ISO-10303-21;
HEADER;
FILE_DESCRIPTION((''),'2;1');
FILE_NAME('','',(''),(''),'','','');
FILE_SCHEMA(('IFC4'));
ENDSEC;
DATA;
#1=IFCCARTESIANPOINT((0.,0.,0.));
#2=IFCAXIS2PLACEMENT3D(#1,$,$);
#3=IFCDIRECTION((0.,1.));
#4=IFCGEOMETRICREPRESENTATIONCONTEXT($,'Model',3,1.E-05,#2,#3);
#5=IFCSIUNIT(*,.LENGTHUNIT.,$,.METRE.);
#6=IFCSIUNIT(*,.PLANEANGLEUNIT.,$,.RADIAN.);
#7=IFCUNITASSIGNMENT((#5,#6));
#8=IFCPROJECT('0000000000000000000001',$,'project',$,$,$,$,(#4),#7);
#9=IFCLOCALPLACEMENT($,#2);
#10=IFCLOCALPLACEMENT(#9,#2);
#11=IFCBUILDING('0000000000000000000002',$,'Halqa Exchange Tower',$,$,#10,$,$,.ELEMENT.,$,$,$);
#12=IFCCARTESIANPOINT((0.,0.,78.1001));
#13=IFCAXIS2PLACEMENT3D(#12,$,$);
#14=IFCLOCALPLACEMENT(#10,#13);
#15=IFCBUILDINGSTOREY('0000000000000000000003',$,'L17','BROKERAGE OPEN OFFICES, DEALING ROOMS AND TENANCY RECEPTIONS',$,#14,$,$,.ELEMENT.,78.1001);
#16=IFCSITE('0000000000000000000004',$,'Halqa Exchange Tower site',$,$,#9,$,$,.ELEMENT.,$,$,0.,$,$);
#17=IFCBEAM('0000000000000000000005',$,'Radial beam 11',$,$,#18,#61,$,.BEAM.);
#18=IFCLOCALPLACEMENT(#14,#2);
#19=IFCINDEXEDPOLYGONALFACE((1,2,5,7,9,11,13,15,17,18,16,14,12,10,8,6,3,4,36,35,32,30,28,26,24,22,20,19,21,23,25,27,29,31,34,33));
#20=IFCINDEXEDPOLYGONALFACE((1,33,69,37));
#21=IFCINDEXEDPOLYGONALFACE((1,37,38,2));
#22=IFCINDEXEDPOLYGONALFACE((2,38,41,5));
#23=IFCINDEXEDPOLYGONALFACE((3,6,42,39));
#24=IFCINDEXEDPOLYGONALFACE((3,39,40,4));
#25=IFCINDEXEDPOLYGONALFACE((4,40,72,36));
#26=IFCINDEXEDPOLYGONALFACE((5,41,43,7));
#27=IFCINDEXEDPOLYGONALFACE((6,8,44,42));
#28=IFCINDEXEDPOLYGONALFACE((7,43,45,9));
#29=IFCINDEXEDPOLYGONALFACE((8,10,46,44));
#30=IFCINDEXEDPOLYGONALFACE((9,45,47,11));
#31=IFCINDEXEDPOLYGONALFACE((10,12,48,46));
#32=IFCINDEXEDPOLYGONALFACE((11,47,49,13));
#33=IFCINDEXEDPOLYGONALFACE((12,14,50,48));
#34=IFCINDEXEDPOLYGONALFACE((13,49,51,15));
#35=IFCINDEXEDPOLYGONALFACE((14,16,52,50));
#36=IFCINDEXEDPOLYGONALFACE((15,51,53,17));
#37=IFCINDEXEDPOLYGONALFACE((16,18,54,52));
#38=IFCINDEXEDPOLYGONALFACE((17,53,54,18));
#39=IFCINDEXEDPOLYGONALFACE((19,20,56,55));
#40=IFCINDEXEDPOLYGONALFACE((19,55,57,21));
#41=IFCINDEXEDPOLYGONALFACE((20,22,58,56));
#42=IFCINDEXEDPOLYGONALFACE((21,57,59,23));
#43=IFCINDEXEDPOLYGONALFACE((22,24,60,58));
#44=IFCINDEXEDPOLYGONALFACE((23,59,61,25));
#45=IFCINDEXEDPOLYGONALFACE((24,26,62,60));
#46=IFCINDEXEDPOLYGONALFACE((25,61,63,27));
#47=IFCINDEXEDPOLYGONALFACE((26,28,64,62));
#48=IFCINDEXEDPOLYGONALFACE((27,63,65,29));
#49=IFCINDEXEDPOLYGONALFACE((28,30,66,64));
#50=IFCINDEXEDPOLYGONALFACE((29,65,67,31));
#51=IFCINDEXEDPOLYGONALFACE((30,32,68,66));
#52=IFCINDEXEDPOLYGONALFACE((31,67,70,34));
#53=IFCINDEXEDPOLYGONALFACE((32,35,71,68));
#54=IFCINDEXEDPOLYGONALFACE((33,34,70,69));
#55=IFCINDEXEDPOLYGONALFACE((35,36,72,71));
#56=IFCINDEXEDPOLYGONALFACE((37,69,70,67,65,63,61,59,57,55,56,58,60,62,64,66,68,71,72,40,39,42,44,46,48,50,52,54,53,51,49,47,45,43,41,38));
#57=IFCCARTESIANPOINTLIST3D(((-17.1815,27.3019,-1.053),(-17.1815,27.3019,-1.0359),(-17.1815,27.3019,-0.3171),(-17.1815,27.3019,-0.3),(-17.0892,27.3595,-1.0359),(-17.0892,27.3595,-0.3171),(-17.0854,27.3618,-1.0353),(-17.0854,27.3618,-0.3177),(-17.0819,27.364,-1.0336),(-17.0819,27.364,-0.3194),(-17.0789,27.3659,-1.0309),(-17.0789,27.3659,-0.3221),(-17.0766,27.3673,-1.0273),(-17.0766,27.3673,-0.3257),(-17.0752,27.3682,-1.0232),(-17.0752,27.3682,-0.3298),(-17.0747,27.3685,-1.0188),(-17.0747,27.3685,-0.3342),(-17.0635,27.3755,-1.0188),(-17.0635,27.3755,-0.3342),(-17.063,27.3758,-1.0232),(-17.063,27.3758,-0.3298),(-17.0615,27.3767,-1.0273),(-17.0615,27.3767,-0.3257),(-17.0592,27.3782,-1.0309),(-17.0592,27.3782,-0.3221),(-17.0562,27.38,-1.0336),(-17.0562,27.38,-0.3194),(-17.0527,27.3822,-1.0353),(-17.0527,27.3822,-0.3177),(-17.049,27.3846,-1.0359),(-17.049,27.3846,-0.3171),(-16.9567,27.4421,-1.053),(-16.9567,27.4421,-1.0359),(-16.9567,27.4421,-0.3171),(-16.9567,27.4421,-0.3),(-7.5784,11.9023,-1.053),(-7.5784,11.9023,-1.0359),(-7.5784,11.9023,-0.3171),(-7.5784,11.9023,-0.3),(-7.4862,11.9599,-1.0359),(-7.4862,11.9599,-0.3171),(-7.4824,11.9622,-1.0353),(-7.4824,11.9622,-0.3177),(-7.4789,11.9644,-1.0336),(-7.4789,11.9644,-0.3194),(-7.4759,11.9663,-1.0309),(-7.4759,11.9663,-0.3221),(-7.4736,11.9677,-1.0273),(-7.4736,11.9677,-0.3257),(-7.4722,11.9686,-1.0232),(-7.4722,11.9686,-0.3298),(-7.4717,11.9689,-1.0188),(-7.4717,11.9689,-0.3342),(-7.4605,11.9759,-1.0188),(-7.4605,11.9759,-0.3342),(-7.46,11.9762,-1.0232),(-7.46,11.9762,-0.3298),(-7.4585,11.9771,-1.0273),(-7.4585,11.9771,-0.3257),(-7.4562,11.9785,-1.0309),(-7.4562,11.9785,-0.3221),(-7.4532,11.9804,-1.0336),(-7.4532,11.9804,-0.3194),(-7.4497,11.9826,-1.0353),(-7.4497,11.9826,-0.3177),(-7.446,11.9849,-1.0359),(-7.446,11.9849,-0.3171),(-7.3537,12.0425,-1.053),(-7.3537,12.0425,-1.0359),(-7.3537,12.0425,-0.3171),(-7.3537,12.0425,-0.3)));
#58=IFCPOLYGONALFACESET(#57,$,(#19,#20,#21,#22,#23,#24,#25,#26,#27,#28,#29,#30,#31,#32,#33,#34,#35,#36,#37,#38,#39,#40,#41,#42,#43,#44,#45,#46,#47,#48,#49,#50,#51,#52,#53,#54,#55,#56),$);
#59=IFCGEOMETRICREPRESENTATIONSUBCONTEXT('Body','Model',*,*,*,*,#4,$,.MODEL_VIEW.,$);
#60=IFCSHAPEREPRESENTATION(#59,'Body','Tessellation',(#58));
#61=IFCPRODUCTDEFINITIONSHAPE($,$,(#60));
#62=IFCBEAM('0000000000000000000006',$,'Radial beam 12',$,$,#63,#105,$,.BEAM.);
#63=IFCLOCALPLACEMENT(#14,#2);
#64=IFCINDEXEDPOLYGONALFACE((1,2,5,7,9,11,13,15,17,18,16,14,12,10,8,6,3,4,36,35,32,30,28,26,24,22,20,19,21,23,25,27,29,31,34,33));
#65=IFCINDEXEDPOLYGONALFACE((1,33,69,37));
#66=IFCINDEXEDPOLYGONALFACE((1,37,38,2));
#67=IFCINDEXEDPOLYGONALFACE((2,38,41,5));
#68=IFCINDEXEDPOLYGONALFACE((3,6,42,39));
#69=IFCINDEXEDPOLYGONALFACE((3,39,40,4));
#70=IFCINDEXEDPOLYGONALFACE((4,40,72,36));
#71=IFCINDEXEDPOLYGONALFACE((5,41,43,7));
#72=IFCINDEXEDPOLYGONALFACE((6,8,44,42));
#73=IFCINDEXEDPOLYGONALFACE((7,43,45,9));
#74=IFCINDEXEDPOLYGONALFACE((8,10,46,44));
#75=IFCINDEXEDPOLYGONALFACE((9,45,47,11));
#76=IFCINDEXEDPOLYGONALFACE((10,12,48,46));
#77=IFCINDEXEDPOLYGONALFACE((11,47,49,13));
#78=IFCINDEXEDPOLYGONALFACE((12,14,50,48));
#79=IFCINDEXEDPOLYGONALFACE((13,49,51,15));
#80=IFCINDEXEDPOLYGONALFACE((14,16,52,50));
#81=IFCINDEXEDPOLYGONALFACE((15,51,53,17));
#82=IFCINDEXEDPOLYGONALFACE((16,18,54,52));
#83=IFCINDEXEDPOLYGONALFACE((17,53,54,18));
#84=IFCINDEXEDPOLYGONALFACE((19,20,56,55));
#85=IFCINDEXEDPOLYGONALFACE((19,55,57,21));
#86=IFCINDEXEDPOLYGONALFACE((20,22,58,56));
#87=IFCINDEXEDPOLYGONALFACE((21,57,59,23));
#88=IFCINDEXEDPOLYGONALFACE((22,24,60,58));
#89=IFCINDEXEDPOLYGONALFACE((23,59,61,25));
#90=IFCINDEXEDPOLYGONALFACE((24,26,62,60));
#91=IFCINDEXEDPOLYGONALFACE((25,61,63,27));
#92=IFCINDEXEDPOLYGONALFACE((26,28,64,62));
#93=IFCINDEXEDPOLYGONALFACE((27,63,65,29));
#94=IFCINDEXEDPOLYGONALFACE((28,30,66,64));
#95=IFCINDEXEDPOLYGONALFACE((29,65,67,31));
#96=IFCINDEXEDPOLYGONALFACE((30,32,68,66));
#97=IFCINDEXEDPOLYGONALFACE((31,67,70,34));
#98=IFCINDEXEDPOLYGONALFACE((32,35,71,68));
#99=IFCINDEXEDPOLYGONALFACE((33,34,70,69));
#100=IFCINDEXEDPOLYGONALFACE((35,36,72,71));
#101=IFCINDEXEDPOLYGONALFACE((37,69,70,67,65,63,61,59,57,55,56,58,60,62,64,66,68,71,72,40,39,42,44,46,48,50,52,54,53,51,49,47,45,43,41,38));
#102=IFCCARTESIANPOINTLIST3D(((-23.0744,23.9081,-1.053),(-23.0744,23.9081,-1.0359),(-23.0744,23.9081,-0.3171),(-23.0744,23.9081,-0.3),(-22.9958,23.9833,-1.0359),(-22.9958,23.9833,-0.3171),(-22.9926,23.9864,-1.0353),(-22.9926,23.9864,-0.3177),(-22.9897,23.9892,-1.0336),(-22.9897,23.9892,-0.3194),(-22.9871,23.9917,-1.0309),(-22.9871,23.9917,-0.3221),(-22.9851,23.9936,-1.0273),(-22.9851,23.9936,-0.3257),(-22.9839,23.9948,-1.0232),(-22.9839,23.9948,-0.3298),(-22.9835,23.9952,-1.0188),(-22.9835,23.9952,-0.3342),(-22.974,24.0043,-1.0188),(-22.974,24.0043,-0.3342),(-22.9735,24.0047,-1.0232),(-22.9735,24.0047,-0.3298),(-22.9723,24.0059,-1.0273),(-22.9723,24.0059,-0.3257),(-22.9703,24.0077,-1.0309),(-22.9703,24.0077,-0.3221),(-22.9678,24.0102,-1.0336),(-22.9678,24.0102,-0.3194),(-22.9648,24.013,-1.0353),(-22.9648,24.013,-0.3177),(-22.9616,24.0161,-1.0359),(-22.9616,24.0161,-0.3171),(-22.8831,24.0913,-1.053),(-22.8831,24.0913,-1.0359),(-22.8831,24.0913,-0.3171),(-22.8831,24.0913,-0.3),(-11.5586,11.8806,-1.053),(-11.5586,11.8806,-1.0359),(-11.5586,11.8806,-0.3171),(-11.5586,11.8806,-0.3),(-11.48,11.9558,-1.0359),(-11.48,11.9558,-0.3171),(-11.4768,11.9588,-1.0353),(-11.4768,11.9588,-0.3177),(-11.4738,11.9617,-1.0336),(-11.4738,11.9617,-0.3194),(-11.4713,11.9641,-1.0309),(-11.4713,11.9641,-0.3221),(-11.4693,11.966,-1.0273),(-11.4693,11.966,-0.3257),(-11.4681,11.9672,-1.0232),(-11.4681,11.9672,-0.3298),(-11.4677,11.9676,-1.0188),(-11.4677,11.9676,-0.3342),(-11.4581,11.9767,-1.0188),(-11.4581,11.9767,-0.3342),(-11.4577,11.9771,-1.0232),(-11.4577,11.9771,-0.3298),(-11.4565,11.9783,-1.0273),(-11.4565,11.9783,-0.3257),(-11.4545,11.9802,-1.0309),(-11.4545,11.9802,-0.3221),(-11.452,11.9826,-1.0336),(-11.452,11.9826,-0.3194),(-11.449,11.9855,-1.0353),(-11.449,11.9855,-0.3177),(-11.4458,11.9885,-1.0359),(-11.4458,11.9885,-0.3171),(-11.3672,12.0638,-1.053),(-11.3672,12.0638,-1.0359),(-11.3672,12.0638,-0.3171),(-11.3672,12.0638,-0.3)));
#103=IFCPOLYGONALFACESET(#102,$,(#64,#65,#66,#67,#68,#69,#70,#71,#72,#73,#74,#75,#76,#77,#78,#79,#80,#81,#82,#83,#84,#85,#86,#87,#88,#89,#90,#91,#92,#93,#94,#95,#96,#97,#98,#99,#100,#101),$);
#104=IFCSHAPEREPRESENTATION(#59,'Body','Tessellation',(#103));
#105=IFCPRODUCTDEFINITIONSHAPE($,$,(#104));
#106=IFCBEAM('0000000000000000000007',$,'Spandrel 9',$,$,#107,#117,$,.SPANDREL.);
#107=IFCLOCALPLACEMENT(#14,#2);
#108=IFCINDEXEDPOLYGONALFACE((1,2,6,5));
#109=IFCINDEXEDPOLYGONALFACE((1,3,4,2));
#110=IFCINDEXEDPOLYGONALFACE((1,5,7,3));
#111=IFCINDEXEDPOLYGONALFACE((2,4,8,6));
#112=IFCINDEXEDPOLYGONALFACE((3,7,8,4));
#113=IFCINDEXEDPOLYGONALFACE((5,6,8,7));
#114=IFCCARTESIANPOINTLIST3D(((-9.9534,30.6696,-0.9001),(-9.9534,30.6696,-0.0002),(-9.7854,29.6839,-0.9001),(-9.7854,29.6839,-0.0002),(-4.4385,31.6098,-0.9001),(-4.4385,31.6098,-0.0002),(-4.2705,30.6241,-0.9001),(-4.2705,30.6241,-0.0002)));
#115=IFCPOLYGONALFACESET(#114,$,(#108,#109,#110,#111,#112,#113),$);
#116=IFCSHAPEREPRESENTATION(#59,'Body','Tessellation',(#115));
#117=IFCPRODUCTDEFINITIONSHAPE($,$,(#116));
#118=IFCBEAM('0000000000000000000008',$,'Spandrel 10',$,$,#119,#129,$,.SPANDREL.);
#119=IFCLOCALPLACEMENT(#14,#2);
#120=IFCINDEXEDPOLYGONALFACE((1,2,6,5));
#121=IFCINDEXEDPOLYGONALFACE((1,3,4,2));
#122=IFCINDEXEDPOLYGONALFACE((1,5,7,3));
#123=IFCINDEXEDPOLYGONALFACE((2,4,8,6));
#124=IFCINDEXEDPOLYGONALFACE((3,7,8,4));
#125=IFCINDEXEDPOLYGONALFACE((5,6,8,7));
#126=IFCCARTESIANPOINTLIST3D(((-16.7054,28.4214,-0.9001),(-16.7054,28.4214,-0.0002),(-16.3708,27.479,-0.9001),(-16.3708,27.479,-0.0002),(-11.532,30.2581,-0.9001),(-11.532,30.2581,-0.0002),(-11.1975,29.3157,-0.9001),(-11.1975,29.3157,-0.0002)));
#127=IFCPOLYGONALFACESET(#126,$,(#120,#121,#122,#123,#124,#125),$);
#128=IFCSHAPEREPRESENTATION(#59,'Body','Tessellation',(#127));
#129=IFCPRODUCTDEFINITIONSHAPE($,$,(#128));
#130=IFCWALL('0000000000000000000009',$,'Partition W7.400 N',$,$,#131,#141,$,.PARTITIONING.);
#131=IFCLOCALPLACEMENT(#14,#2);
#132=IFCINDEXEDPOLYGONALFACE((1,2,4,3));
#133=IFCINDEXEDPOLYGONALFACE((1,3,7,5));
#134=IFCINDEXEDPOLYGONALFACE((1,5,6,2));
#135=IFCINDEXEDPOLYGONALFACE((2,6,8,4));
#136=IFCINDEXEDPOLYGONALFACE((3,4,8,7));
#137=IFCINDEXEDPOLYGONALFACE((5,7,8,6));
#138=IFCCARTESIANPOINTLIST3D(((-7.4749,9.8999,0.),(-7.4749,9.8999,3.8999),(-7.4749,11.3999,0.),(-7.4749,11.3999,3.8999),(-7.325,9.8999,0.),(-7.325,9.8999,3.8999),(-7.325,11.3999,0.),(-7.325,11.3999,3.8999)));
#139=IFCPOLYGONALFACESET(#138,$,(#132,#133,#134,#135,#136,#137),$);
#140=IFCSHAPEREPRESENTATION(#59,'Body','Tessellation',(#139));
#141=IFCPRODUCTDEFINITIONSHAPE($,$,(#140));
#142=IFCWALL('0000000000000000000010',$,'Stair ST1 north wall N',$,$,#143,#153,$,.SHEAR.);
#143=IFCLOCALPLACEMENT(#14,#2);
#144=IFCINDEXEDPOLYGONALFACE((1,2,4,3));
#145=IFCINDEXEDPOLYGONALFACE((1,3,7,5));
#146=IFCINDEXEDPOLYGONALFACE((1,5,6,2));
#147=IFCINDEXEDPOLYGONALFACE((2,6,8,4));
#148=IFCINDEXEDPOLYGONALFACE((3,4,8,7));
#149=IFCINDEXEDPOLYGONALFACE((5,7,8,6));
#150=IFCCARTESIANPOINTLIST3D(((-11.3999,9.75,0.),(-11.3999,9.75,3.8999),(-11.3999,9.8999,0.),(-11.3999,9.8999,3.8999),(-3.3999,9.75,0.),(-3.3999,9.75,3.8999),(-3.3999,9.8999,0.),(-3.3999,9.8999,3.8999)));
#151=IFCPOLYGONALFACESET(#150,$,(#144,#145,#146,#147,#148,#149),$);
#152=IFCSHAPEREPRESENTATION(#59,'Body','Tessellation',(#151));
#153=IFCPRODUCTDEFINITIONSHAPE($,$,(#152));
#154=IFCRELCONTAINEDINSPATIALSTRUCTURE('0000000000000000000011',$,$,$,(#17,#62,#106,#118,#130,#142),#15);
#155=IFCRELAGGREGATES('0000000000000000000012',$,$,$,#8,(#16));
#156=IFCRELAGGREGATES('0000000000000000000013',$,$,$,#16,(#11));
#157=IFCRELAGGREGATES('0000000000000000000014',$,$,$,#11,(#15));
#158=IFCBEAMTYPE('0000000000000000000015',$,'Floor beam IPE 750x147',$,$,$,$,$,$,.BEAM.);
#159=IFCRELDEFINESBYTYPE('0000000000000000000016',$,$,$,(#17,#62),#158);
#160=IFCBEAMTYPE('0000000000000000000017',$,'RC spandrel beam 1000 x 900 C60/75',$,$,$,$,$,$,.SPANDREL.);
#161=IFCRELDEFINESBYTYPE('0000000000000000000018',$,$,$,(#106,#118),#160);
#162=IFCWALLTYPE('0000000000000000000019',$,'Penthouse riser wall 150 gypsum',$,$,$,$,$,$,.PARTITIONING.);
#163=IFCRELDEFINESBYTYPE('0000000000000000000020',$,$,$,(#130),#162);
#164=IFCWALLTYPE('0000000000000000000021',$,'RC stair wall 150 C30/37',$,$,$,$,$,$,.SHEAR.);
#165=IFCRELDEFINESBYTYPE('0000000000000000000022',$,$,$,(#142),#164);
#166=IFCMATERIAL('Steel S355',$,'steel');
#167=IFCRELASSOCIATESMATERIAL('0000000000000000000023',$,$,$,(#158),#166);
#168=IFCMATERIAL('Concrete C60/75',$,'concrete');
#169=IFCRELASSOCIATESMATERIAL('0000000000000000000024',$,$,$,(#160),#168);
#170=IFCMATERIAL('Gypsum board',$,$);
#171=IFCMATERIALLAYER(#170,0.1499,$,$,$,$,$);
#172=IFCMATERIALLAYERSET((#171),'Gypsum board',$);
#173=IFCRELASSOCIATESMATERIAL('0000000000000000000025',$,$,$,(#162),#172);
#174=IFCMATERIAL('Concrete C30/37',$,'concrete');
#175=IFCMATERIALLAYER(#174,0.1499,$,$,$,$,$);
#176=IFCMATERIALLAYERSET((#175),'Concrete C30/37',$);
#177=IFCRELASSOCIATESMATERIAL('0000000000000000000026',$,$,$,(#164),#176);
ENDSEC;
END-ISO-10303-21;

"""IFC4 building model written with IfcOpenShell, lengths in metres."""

from ifc_helpers import new_model, si_unit, direction, frame, frame_2d, origin, origin_2d, place, context, subcontext, project, spatial, rectangle, i_section, extrude, material, layer, layer_set, material_profile, profile_set, type_object, element, save


model = new_model("IFC4")

# Units and contexts
model_context = context("Model", 3, precision=1e-05, world=origin(), true_north=direction((0.0, 1.0)))
body_context = subcontext(model_context, "Body", "Model", "MODEL_VIEW")
ifc_project = project(units=[si_unit("LENGTHUNIT", "METRE"), si_unit("PLANEANGLEUNIT", "RADIAN")], contexts=[model_context])

# Site, building, storey
site_placement = place(None, origin())
site = spatial("IfcSite", under=ifc_project, at=site_placement, Name="Halqa Exchange Tower site", CompositionType="ELEMENT", RefElevation=0.0)
building_placement = place(site_placement, origin())
building = spatial("IfcBuilding", under=site, at=building_placement, Name="Halqa Exchange Tower", CompositionType="ELEMENT")
storey_placement = place(building_placement, frame((0.0, 0.0, 78.1001)))
storey = spatial("IfcBuildingStorey", under=building, at=storey_placement, Name="L17", Description="BROKERAGE OPEN OFFICES, DEALING ROOMS AND TENANCY RECEPTIONS", CompositionType="ELEMENT", Elevation=78.1001)

# Beams
ifc_material_1 = material(Name="Steel S355", Category="steel")
ifc_material_profile_1 = material_profile(ifc_material_1, i_section(OverallWidth=0.2649, OverallDepth=0.7529, WebThickness=0.0132, FlangeThickness=0.0171, FilletRadius=0.0171, at=origin_2d()), Name="IPE 750x147")
ifc_profile_set_1 = profile_set([ifc_material_profile_1], Name="Steel S355")
beam_type_1 = type_object("IfcBeamType", Name="Floor beam IPE 750x147", PredefinedType="BEAM", material=ifc_profile_set_1)
beam_1_placement = place(storey_placement, frame((-7.4661, 11.9724, -0.6765), z_axis=(-0.529137, 0.848537, 0.0), x_axis=(-0.848537, -0.529137, 0.0)))
element("IfcBeam", 1, at=beam_1_placement, inside=storey, type_object=beam_type_1, Name="Radial beam 11", PredefinedType="BEAM", context=body_context, shape_type="SweptSolid", body=[
    extrude(i_section(OverallWidth=0.2649, OverallDepth=0.7529, WebThickness=0.0132, FlangeThickness=0.0171, FilletRadius=0.0171, at=origin_2d()), origin(), (0.0, 0.0, 1.0), 18.1484),
])
beam_2_placement = place(storey_placement, frame((-11.4629, 11.9722, -0.6765), z_axis=(-0.691574, 0.722305, 0.0), x_axis=(-0.722305, -0.691574, 0.0)))
element("IfcBeam", 2, at=beam_2_placement, inside=storey, type_object=beam_type_1, Name="Radial beam 12", PredefinedType="BEAM", context=body_context, shape_type="SweptSolid", body=[
    extrude(i_section(OverallWidth=0.2649, OverallDepth=0.7529, WebThickness=0.0132, FlangeThickness=0.0171, FilletRadius=0.0171, at=origin_2d()), origin(), (0.0, 0.0, 1.0), 16.6516),
])
ifc_material_2 = material(Name="Concrete C60/75", Category="concrete")
ifc_material_profile_2 = material_profile(ifc_material_2, rectangle(XDim=1.0, YDim=0.8999, at=origin_2d()), Name="1000 x 900")
ifc_profile_set_2 = profile_set([ifc_material_profile_2], Name="Concrete C60/75")
beam_type_2 = type_object("IfcBeamType", Name="RC spandrel beam 1000 x 900 C60/75", PredefinedType="SPANDREL", material=ifc_profile_set_2)
beam_3_placement = place(storey_placement, frame((-4.3545, 31.1169, -0.4502), z_axis=(-0.985777, -0.168057, 0.0), x_axis=(0.168057, -0.985777, 0.0)))
element("IfcBeam", 3, at=beam_3_placement, inside=storey, type_object=beam_type_2, Name="Spandrel 9", PredefinedType="SPANDREL", context=body_context, shape_type="SweptSolid", body=[
    extrude(rectangle(XDim=1.0, YDim=0.8999, at=origin_2d()), origin(), (0.0, 0.0, 1.0), 5.5945),
])
beam_4_placement = place(storey_placement, frame((-11.3647, 29.7869, -0.4502), z_axis=(-0.942372, -0.334567, 0.0), x_axis=(0.334567, -0.942372, 0.0)))
element("IfcBeam", 4, at=beam_4_placement, inside=storey, type_object=beam_type_2, Name="Spandrel 10", PredefinedType="SPANDREL", context=body_context, shape_type="SweptSolid", body=[
    extrude(rectangle(XDim=1.0, YDim=0.8999, at=origin_2d()), origin(), (0.0, 0.0, 1.0), 5.4897),
])

# Walls
ifc_material_3 = material(Name="Gypsum board")
ifc_layer_1 = layer(ifc_material_3, 0.1499)
ifc_layer_set_1 = layer_set([ifc_layer_1], Name="Gypsum board")
wall_type_1 = type_object("IfcWallType", Name="Penthouse riser wall 150 gypsum", PredefinedType="PARTITIONING", material=ifc_layer_set_1)
wall_1_placement = place(storey_placement, frame((-7.3999, 9.8999, 0.0), z_axis=(0.0, 0.0, 1.0), x_axis=(0.0, 1.0, 0.0)))
element("IfcWall", 5, at=wall_1_placement, inside=storey, type_object=wall_type_1, Name="Partition W7.400 N", PredefinedType="PARTITIONING", context=body_context, shape_type="SweptSolid", body=[
    extrude(rectangle(XDim=1.5, YDim=0.1499, at=frame_2d((0.75, 0.0))), origin(), (0.0, 0.0, 1.0), 3.8999),
])
ifc_material_4 = material(Name="Concrete C30/37", Category="concrete")
ifc_layer_2 = layer(ifc_material_4, 0.1499)
ifc_layer_set_2 = layer_set([ifc_layer_2], Name="Concrete C30/37")
wall_type_2 = type_object("IfcWallType", Name="RC stair wall 150 C30/37", PredefinedType="SHEAR", material=ifc_layer_set_2)
wall_2_placement = place(storey_placement, frame((-11.3999, 9.825, 0.0), z_axis=(0.0, 0.0, 1.0), x_axis=(1.0, 0.0, 0.0)))
element("IfcWall", 6, at=wall_2_placement, inside=storey, type_object=wall_type_2, Name="Stair ST1 north wall N", PredefinedType="SHEAR", context=body_context, shape_type="SweptSolid", body=[
    extrude(rectangle(XDim=8.0, YDim=0.1499, at=frame_2d((4.0, 0.0))), origin(), (0.0, 0.0, 1.0), 3.8999),
])

save(model, "model.ifc")
